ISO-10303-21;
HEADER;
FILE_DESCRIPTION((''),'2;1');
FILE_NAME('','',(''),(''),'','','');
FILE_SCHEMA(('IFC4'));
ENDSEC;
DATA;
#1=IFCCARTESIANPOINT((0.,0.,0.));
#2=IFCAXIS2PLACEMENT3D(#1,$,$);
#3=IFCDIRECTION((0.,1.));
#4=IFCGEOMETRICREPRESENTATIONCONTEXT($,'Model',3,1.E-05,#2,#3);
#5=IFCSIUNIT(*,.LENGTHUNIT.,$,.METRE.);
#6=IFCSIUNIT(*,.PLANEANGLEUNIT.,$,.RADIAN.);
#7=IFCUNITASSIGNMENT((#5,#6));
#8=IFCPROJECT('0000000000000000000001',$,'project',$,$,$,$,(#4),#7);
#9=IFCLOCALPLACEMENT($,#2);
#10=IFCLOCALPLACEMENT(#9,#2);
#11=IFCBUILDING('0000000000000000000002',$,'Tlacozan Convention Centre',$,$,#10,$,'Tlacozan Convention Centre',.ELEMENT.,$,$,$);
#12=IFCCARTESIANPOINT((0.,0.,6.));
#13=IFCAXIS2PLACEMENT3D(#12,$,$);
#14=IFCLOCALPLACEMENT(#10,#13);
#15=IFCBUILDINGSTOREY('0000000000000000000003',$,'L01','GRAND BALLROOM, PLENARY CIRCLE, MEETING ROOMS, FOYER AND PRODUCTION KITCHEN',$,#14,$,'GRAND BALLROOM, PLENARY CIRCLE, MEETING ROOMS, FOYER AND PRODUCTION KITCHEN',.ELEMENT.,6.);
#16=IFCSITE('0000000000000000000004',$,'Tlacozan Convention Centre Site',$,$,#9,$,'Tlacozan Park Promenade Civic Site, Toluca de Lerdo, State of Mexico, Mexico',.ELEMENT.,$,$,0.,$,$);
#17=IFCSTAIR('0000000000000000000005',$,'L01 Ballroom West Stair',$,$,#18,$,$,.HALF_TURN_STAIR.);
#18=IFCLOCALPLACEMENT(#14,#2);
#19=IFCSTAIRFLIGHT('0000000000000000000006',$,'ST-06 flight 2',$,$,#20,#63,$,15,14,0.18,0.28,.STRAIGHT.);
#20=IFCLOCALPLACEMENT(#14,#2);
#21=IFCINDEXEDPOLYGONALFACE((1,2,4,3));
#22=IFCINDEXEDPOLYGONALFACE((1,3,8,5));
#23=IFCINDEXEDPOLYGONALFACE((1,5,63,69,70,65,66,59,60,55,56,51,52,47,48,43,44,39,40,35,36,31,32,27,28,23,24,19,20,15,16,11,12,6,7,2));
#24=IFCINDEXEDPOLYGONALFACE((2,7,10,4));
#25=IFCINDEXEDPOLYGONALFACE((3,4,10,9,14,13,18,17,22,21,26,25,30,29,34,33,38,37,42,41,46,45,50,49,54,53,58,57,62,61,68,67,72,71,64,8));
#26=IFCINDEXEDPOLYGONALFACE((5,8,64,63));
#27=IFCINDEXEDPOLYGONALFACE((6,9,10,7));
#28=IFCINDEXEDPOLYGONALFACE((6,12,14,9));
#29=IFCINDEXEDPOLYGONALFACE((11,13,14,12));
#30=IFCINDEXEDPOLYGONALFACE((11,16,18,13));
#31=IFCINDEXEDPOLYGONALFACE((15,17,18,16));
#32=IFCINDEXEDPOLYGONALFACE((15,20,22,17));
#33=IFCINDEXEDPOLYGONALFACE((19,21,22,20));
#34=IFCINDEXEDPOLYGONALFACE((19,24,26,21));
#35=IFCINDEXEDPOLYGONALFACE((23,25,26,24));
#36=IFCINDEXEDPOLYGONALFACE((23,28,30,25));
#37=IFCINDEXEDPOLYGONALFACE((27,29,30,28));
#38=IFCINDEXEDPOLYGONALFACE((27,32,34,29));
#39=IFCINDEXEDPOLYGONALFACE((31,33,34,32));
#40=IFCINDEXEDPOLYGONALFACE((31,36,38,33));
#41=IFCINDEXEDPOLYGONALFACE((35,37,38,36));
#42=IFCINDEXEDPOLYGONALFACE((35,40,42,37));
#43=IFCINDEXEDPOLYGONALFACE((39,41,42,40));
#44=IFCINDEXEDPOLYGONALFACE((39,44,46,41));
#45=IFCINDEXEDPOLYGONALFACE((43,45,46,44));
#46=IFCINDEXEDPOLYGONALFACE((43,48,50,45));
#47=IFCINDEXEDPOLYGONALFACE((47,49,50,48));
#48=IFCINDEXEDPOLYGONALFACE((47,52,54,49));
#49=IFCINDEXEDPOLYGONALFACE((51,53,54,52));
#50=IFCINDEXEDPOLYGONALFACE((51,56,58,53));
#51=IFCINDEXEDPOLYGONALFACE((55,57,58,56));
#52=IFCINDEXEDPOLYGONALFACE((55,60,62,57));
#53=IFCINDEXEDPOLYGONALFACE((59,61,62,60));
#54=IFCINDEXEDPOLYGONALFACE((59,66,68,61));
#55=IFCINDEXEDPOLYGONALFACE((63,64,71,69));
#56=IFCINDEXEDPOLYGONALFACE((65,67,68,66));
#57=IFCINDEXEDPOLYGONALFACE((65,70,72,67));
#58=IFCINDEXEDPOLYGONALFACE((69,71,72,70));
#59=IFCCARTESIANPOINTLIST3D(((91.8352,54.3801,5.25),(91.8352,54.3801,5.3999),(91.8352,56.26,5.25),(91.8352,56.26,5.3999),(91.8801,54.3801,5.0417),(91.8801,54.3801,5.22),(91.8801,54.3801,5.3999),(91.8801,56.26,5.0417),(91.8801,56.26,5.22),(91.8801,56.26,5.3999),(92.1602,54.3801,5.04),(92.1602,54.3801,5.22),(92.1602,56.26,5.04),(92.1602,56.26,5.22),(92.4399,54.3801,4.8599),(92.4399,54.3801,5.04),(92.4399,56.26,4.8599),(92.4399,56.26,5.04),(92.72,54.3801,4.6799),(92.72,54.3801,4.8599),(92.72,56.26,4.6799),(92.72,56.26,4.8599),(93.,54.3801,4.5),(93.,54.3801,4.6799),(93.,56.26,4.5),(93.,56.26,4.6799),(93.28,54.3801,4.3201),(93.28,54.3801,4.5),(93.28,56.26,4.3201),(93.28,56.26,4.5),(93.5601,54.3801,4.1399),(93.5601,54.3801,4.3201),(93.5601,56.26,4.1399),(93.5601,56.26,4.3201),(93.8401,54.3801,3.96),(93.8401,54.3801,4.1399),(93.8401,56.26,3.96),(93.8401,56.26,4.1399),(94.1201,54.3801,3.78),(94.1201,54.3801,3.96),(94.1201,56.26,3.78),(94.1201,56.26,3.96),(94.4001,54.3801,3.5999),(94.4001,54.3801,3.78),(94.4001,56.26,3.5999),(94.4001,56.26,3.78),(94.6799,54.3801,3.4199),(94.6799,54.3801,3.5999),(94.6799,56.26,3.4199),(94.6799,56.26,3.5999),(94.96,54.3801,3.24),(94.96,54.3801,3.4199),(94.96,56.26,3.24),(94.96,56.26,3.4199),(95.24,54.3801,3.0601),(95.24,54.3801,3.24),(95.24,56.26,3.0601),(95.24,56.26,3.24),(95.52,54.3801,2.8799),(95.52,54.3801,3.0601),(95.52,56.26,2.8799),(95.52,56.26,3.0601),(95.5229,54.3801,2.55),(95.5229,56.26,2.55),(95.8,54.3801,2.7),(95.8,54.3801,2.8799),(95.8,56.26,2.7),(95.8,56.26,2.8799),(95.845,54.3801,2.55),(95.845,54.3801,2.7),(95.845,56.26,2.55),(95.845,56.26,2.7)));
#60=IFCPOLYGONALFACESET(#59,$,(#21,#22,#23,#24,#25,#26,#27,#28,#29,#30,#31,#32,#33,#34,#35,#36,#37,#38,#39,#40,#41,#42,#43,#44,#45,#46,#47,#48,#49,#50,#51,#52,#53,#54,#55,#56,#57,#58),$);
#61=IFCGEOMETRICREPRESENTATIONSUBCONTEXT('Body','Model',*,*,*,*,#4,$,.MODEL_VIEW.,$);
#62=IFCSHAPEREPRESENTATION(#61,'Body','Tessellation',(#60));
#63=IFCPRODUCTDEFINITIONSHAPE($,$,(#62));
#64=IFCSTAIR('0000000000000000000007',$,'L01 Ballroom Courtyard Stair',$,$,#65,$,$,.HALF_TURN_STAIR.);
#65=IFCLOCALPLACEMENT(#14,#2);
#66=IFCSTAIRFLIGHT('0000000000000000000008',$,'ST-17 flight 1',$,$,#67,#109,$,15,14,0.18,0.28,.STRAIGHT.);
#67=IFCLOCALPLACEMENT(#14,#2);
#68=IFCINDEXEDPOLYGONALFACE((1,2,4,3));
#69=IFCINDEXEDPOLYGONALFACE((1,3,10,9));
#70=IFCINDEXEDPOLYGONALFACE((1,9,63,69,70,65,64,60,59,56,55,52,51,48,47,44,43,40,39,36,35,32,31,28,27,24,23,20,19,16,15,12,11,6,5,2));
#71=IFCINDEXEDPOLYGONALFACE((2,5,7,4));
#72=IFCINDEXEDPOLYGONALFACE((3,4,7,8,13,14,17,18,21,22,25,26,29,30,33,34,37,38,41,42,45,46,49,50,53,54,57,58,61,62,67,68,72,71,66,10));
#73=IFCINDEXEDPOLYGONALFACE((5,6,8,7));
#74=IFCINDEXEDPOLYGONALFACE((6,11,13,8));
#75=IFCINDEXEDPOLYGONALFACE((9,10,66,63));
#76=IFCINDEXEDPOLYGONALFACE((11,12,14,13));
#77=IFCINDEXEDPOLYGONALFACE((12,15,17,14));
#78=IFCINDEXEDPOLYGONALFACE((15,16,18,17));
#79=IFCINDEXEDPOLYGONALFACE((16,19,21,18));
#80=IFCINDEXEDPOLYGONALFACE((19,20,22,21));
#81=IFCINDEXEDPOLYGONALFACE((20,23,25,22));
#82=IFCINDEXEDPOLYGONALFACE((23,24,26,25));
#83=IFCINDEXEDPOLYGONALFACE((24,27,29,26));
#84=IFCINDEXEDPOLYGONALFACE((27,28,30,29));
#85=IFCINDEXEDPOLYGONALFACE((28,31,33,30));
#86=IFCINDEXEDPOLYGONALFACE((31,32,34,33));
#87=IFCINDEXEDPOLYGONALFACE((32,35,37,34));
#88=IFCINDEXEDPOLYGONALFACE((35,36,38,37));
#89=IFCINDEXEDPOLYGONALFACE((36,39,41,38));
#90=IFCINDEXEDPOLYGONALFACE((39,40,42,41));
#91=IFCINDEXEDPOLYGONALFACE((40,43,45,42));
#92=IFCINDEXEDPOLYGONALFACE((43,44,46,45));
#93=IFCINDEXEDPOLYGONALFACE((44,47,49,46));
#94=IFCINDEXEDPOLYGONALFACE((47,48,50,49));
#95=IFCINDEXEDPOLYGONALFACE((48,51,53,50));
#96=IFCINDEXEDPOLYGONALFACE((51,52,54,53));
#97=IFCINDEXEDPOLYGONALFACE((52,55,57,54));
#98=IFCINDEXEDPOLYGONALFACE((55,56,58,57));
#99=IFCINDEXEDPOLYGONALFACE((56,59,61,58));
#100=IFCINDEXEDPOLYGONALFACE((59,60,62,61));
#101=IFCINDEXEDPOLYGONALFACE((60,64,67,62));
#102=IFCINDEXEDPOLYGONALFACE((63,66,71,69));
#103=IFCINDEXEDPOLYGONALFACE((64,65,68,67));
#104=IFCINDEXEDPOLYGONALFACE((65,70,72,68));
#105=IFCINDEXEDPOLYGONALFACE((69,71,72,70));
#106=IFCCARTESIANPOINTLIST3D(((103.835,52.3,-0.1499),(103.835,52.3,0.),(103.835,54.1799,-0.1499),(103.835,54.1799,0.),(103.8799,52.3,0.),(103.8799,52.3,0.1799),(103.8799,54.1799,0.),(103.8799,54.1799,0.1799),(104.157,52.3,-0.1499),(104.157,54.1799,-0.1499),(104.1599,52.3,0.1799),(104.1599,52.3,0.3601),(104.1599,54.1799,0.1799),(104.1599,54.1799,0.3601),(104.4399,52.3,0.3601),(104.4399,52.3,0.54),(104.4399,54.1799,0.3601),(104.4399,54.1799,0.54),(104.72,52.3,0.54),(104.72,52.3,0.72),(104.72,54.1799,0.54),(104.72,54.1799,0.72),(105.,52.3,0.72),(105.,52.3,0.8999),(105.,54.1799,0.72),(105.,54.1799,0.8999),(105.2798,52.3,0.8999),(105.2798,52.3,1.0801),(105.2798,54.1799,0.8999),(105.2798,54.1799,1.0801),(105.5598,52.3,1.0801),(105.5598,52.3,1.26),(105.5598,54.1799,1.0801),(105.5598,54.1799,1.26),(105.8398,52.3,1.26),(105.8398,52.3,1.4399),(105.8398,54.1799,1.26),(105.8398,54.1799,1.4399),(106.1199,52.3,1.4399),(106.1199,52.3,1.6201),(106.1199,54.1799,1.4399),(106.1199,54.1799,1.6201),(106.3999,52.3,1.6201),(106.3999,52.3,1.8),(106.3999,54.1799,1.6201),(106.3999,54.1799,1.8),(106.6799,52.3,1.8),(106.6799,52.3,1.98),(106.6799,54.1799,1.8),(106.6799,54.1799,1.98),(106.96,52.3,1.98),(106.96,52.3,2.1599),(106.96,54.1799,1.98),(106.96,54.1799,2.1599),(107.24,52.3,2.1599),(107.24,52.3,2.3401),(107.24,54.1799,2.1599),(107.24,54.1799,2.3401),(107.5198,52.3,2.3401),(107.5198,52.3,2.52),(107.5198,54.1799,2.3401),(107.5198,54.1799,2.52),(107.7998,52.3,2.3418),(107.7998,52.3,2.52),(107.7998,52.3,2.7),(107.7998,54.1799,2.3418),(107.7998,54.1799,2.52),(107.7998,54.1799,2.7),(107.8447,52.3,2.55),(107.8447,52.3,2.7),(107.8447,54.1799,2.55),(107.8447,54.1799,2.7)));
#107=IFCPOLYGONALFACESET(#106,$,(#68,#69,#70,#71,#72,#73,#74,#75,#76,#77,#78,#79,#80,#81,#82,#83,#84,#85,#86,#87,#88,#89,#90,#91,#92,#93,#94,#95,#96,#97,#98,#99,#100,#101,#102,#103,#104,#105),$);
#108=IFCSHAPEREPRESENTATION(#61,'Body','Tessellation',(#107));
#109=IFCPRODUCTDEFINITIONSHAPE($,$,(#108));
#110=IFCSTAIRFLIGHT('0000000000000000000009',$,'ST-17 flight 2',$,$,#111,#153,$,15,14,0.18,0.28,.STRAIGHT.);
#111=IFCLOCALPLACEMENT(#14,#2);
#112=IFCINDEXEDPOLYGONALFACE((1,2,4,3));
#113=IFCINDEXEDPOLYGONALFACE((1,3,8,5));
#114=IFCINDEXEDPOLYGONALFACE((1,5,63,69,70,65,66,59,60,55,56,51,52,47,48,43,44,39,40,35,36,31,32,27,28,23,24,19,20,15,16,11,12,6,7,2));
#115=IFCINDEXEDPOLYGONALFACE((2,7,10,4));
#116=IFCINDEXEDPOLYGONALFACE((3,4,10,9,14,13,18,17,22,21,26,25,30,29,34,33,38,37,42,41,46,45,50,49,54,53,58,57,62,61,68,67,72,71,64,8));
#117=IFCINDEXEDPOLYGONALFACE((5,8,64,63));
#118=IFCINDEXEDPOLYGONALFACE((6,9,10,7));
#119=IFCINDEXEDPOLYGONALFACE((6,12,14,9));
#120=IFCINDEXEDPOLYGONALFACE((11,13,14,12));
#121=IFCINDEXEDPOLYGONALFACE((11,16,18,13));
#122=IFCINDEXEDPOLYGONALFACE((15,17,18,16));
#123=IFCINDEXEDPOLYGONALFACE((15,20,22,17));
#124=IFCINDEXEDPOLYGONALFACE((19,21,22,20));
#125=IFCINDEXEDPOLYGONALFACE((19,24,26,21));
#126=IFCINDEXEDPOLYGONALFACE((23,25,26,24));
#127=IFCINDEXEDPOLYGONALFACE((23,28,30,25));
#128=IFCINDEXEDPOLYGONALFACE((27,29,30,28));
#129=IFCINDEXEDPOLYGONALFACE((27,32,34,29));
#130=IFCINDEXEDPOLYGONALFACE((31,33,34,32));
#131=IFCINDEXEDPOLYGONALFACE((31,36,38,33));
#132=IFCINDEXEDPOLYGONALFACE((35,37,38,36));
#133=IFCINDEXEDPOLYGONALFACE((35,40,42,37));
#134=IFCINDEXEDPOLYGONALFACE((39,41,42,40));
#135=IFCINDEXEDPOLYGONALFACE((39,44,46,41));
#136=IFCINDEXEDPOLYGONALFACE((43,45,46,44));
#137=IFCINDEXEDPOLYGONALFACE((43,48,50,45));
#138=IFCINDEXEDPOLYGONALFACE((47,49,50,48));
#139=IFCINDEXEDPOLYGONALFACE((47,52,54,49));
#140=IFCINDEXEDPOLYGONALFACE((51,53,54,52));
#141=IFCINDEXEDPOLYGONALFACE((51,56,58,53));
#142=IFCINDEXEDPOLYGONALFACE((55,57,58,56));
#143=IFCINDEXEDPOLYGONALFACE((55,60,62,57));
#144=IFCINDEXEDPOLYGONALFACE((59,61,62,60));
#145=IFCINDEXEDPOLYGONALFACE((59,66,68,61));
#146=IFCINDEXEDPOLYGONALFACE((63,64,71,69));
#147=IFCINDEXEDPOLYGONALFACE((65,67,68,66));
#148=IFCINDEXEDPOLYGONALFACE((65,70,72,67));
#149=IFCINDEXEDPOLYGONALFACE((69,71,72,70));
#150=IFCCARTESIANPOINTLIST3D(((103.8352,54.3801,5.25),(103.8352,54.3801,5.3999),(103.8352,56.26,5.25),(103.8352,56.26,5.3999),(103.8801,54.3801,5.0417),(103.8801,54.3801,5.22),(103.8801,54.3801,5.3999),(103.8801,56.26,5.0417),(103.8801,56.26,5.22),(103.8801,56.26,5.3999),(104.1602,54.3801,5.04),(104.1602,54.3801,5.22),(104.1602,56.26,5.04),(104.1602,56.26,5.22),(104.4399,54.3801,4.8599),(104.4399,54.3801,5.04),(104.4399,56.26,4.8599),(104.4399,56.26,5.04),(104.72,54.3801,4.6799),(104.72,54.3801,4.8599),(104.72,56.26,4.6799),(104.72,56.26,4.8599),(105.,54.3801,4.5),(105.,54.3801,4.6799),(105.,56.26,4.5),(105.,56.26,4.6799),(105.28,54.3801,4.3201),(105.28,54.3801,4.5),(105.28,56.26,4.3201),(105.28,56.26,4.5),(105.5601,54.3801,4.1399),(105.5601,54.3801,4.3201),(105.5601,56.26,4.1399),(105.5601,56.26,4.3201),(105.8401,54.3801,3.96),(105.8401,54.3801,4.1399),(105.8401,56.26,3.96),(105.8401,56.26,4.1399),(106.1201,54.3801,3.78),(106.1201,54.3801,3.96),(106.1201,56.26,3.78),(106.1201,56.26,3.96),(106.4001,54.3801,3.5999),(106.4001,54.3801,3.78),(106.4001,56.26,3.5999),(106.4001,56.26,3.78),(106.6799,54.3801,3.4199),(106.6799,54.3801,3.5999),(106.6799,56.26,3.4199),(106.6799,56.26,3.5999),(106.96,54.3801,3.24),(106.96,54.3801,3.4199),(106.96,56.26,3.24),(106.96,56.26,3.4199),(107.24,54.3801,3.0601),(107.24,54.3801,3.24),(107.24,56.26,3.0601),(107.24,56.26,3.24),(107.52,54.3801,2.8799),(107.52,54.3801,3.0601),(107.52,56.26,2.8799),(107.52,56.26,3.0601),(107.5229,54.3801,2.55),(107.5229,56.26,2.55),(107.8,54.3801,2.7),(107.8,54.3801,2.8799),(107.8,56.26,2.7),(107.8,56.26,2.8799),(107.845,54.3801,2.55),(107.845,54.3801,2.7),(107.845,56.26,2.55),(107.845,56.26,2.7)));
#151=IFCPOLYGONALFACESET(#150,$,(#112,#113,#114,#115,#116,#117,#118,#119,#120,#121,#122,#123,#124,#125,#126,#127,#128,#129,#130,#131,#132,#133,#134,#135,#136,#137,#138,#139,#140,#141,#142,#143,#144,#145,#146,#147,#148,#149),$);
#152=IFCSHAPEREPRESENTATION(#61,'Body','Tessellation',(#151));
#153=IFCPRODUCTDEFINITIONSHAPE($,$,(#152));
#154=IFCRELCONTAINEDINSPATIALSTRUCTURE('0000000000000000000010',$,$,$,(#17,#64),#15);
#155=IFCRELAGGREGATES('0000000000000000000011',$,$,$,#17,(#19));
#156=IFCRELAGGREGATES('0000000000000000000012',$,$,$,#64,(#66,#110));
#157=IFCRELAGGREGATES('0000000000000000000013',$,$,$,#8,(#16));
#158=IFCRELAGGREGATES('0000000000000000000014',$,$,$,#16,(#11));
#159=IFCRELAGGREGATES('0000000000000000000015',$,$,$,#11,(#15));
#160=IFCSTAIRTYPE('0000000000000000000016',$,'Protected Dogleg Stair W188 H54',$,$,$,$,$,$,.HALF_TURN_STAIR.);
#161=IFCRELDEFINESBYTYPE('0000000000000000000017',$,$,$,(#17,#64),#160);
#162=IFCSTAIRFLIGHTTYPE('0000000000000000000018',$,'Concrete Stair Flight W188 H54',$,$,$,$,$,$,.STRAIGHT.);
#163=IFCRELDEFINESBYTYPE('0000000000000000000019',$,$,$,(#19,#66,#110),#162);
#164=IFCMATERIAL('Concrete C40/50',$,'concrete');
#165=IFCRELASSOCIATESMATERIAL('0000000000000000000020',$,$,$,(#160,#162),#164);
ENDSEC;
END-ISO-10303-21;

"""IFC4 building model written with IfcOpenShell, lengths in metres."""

from ifc_helpers import new_model, si_unit, direction, frame, origin, place, context, subcontext, project, spatial, polyline, outline, extrude, material, type_object, element, aggregate, save


model = new_model("IFC4")

# Units and contexts
model_context = context("Model", 3, precision=1e-05, world=origin(), true_north=direction((0.0, 1.0)))
body_context = subcontext(model_context, "Body", "Model", "MODEL_VIEW")
ifc_project = project(units=[si_unit("LENGTHUNIT", "METRE"), si_unit("PLANEANGLEUNIT", "RADIAN")], contexts=[model_context])

# Site, building, storey
site_placement = place(None, origin())
site = spatial("IfcSite", under=ifc_project, at=site_placement, Name="Tlacozan Convention Centre Site", LongName="Tlacozan Park Promenade Civic Site, Toluca de Lerdo, State of Mexico, Mexico", CompositionType="ELEMENT", RefElevation=0.0)
building_placement = place(site_placement, origin())
building = spatial("IfcBuilding", under=site, at=building_placement, Name="Tlacozan Convention Centre", LongName="Tlacozan Convention Centre", CompositionType="ELEMENT")
storey_placement = place(building_placement, frame((0.0, 0.0, 6.0)))
storey = spatial("IfcBuildingStorey", under=building, at=storey_placement, Name="L01", Description="GRAND BALLROOM, PLENARY CIRCLE, MEETING ROOMS, FOYER AND PRODUCTION KITCHEN", LongName="GRAND BALLROOM, PLENARY CIRCLE, MEETING ROOMS, FOYER AND PRODUCTION KITCHEN", CompositionType="ELEMENT", Elevation=6.0)

# Shared definitions
ifc_material_1 = material(Name="Concrete C40/50", Category="concrete")

# Stairs, stair flights
stair_type = type_object("IfcStairType", Name="Protected Dogleg Stair W188 H54", PredefinedType="HALF_TURN_STAIR", material=ifc_material_1)
stair_1_placement = place(storey_placement, origin())
stair_1 = element("IfcStair", 1, at=stair_1_placement, inside=storey, type_object=stair_type, Name="L01 Ballroom West Stair", PredefinedType="HALF_TURN_STAIR")
stair_flight_type = type_object("IfcStairFlightType", Name="Concrete Stair Flight W188 H54", PredefinedType="STRAIGHT", material=ifc_material_1)
stair_flight_1_placement = place(storey_placement, frame((95.8, 55.3201, 2.7), z_axis=(0.0, 0.0, 1.0), x_axis=(-1.0, 0.0, 0.0)))
stair_flight_1 = element("IfcStairFlight", 2, at=stair_flight_1_placement, type_object=stair_flight_type, Name="ST-06 flight 2", NumberOfRisers=15, NumberOfTreads=14, PredefinedType="STRAIGHT", RiserHeight=0.18, TreadLength=0.28, context=body_context, shape_type="SweptSolid", body=[
    extrude(outline(polyline([(-0.0449, -0.1499), (-0.0449, 0.0), (0.0, 0.0), (0.0, 0.1799), (0.28, 0.1799), (0.28, 0.3601), (0.5601, 0.3601), (0.5601, 0.54), (0.8401, 0.54), (0.8401, 0.72), (1.1201, 0.72), (1.1201, 0.8999), (1.3999, 0.8999), (1.3999, 1.0801), (1.6799, 1.0801), (1.6799, 1.26), (1.96, 1.26), (1.96, 1.4399), (2.24, 1.4399), (2.24, 1.6201), (2.52, 1.6201), (2.52, 1.8), (2.8, 1.8), (2.8, 1.98), (3.0801, 1.98), (3.0801, 2.1599), (3.3601, 2.1599), (3.3601, 2.3401), (3.6399, 2.3401), (3.6399, 2.52), (3.9199, 2.52), (3.9199, 2.7), (3.9648, 2.7), (3.9648, 2.55), (3.9199, 2.3418), (0.2771, -0.1499), (-0.0449, -0.1499)])), frame((0.0, 0.9399, 0.0), z_axis=(0.0, -1.0, 0.0), x_axis=(1.0, 0.0, 0.0)), (0.0, 0.0, 1.0), 1.8799),
])
aggregate(stair_1, [stair_flight_1])
stair_2_placement = place(storey_placement, origin())
stair_2 = element("IfcStair", 3, at=stair_2_placement, inside=storey, type_object=stair_type, Name="L01 Ballroom Courtyard Stair", PredefinedType="HALF_TURN_STAIR")
stair_flight_2_placement = place(storey_placement, frame((103.8799, 53.24, 0.0), z_axis=(0.0, 0.0, 1.0), x_axis=(1.0, 0.0, 0.0)))
stair_flight_2 = element("IfcStairFlight", 4, at=stair_flight_2_placement, type_object=stair_flight_type, Name="ST-17 flight 1", NumberOfRisers=15, NumberOfTreads=14, PredefinedType="STRAIGHT", RiserHeight=0.18, TreadLength=0.28, context=body_context, shape_type="SweptSolid", body=[
    extrude(outline(polyline([(-0.0449, -0.1499), (-0.0449, 0.0), (0.0, 0.0), (0.0, 0.1799), (0.28, 0.1799), (0.28, 0.3601), (0.5601, 0.3601), (0.5601, 0.54), (0.8401, 0.54), (0.8401, 0.72), (1.1201, 0.72), (1.1201, 0.8999), (1.3999, 0.8999), (1.3999, 1.0801), (1.6799, 1.0801), (1.6799, 1.26), (1.96, 1.26), (1.96, 1.4399), (2.24, 1.4399), (2.24, 1.6201), (2.52, 1.6201), (2.52, 1.8), (2.8, 1.8), (2.8, 1.98), (3.0801, 1.98), (3.0801, 2.1599), (3.3601, 2.1599), (3.3601, 2.3401), (3.6399, 2.3401), (3.6399, 2.52), (3.9199, 2.52), (3.9199, 2.7), (3.9648, 2.7), (3.9648, 2.55), (3.9199, 2.3418), (0.2771, -0.1499), (-0.0449, -0.1499)])), frame((0.0, 0.9399, 0.0), z_axis=(0.0, -1.0, 0.0), x_axis=(1.0, 0.0, 0.0)), (0.0, 0.0, 1.0), 1.8799),
])
stair_flight_3_placement = place(storey_placement, frame((107.8, 55.3201, 2.7), z_axis=(0.0, 0.0, 1.0), x_axis=(-1.0, 0.0, 0.0)))
stair_flight_3 = element("IfcStairFlight", 5, at=stair_flight_3_placement, type_object=stair_flight_type, Name="ST-17 flight 2", NumberOfRisers=15, NumberOfTreads=14, PredefinedType="STRAIGHT", RiserHeight=0.18, TreadLength=0.28, context=body_context, shape_type="SweptSolid", body=[
    extrude(outline(polyline([(-0.0449, -0.1499), (-0.0449, 0.0), (0.0, 0.0), (0.0, 0.1799), (0.28, 0.1799), (0.28, 0.3601), (0.5601, 0.3601), (0.5601, 0.54), (0.8401, 0.54), (0.8401, 0.72), (1.1201, 0.72), (1.1201, 0.8999), (1.3999, 0.8999), (1.3999, 1.0801), (1.6799, 1.0801), (1.6799, 1.26), (1.96, 1.26), (1.96, 1.4399), (2.24, 1.4399), (2.24, 1.6201), (2.52, 1.6201), (2.52, 1.8), (2.8, 1.8), (2.8, 1.98), (3.0801, 1.98), (3.0801, 2.1599), (3.3601, 2.1599), (3.3601, 2.3401), (3.6399, 2.3401), (3.6399, 2.52), (3.9199, 2.52), (3.9199, 2.7), (3.9648, 2.7), (3.9648, 2.55), (3.9199, 2.3418), (0.2771, -0.1499), (-0.0449, -0.1499)])), frame((0.0, 0.9399, 0.0), z_axis=(0.0, -1.0, 0.0), x_axis=(1.0, 0.0, 0.0)), (0.0, 0.0, 1.0), 1.8799),
])
aggregate(stair_2, [stair_flight_2, stair_flight_3])

save(model, "model.ifc")
